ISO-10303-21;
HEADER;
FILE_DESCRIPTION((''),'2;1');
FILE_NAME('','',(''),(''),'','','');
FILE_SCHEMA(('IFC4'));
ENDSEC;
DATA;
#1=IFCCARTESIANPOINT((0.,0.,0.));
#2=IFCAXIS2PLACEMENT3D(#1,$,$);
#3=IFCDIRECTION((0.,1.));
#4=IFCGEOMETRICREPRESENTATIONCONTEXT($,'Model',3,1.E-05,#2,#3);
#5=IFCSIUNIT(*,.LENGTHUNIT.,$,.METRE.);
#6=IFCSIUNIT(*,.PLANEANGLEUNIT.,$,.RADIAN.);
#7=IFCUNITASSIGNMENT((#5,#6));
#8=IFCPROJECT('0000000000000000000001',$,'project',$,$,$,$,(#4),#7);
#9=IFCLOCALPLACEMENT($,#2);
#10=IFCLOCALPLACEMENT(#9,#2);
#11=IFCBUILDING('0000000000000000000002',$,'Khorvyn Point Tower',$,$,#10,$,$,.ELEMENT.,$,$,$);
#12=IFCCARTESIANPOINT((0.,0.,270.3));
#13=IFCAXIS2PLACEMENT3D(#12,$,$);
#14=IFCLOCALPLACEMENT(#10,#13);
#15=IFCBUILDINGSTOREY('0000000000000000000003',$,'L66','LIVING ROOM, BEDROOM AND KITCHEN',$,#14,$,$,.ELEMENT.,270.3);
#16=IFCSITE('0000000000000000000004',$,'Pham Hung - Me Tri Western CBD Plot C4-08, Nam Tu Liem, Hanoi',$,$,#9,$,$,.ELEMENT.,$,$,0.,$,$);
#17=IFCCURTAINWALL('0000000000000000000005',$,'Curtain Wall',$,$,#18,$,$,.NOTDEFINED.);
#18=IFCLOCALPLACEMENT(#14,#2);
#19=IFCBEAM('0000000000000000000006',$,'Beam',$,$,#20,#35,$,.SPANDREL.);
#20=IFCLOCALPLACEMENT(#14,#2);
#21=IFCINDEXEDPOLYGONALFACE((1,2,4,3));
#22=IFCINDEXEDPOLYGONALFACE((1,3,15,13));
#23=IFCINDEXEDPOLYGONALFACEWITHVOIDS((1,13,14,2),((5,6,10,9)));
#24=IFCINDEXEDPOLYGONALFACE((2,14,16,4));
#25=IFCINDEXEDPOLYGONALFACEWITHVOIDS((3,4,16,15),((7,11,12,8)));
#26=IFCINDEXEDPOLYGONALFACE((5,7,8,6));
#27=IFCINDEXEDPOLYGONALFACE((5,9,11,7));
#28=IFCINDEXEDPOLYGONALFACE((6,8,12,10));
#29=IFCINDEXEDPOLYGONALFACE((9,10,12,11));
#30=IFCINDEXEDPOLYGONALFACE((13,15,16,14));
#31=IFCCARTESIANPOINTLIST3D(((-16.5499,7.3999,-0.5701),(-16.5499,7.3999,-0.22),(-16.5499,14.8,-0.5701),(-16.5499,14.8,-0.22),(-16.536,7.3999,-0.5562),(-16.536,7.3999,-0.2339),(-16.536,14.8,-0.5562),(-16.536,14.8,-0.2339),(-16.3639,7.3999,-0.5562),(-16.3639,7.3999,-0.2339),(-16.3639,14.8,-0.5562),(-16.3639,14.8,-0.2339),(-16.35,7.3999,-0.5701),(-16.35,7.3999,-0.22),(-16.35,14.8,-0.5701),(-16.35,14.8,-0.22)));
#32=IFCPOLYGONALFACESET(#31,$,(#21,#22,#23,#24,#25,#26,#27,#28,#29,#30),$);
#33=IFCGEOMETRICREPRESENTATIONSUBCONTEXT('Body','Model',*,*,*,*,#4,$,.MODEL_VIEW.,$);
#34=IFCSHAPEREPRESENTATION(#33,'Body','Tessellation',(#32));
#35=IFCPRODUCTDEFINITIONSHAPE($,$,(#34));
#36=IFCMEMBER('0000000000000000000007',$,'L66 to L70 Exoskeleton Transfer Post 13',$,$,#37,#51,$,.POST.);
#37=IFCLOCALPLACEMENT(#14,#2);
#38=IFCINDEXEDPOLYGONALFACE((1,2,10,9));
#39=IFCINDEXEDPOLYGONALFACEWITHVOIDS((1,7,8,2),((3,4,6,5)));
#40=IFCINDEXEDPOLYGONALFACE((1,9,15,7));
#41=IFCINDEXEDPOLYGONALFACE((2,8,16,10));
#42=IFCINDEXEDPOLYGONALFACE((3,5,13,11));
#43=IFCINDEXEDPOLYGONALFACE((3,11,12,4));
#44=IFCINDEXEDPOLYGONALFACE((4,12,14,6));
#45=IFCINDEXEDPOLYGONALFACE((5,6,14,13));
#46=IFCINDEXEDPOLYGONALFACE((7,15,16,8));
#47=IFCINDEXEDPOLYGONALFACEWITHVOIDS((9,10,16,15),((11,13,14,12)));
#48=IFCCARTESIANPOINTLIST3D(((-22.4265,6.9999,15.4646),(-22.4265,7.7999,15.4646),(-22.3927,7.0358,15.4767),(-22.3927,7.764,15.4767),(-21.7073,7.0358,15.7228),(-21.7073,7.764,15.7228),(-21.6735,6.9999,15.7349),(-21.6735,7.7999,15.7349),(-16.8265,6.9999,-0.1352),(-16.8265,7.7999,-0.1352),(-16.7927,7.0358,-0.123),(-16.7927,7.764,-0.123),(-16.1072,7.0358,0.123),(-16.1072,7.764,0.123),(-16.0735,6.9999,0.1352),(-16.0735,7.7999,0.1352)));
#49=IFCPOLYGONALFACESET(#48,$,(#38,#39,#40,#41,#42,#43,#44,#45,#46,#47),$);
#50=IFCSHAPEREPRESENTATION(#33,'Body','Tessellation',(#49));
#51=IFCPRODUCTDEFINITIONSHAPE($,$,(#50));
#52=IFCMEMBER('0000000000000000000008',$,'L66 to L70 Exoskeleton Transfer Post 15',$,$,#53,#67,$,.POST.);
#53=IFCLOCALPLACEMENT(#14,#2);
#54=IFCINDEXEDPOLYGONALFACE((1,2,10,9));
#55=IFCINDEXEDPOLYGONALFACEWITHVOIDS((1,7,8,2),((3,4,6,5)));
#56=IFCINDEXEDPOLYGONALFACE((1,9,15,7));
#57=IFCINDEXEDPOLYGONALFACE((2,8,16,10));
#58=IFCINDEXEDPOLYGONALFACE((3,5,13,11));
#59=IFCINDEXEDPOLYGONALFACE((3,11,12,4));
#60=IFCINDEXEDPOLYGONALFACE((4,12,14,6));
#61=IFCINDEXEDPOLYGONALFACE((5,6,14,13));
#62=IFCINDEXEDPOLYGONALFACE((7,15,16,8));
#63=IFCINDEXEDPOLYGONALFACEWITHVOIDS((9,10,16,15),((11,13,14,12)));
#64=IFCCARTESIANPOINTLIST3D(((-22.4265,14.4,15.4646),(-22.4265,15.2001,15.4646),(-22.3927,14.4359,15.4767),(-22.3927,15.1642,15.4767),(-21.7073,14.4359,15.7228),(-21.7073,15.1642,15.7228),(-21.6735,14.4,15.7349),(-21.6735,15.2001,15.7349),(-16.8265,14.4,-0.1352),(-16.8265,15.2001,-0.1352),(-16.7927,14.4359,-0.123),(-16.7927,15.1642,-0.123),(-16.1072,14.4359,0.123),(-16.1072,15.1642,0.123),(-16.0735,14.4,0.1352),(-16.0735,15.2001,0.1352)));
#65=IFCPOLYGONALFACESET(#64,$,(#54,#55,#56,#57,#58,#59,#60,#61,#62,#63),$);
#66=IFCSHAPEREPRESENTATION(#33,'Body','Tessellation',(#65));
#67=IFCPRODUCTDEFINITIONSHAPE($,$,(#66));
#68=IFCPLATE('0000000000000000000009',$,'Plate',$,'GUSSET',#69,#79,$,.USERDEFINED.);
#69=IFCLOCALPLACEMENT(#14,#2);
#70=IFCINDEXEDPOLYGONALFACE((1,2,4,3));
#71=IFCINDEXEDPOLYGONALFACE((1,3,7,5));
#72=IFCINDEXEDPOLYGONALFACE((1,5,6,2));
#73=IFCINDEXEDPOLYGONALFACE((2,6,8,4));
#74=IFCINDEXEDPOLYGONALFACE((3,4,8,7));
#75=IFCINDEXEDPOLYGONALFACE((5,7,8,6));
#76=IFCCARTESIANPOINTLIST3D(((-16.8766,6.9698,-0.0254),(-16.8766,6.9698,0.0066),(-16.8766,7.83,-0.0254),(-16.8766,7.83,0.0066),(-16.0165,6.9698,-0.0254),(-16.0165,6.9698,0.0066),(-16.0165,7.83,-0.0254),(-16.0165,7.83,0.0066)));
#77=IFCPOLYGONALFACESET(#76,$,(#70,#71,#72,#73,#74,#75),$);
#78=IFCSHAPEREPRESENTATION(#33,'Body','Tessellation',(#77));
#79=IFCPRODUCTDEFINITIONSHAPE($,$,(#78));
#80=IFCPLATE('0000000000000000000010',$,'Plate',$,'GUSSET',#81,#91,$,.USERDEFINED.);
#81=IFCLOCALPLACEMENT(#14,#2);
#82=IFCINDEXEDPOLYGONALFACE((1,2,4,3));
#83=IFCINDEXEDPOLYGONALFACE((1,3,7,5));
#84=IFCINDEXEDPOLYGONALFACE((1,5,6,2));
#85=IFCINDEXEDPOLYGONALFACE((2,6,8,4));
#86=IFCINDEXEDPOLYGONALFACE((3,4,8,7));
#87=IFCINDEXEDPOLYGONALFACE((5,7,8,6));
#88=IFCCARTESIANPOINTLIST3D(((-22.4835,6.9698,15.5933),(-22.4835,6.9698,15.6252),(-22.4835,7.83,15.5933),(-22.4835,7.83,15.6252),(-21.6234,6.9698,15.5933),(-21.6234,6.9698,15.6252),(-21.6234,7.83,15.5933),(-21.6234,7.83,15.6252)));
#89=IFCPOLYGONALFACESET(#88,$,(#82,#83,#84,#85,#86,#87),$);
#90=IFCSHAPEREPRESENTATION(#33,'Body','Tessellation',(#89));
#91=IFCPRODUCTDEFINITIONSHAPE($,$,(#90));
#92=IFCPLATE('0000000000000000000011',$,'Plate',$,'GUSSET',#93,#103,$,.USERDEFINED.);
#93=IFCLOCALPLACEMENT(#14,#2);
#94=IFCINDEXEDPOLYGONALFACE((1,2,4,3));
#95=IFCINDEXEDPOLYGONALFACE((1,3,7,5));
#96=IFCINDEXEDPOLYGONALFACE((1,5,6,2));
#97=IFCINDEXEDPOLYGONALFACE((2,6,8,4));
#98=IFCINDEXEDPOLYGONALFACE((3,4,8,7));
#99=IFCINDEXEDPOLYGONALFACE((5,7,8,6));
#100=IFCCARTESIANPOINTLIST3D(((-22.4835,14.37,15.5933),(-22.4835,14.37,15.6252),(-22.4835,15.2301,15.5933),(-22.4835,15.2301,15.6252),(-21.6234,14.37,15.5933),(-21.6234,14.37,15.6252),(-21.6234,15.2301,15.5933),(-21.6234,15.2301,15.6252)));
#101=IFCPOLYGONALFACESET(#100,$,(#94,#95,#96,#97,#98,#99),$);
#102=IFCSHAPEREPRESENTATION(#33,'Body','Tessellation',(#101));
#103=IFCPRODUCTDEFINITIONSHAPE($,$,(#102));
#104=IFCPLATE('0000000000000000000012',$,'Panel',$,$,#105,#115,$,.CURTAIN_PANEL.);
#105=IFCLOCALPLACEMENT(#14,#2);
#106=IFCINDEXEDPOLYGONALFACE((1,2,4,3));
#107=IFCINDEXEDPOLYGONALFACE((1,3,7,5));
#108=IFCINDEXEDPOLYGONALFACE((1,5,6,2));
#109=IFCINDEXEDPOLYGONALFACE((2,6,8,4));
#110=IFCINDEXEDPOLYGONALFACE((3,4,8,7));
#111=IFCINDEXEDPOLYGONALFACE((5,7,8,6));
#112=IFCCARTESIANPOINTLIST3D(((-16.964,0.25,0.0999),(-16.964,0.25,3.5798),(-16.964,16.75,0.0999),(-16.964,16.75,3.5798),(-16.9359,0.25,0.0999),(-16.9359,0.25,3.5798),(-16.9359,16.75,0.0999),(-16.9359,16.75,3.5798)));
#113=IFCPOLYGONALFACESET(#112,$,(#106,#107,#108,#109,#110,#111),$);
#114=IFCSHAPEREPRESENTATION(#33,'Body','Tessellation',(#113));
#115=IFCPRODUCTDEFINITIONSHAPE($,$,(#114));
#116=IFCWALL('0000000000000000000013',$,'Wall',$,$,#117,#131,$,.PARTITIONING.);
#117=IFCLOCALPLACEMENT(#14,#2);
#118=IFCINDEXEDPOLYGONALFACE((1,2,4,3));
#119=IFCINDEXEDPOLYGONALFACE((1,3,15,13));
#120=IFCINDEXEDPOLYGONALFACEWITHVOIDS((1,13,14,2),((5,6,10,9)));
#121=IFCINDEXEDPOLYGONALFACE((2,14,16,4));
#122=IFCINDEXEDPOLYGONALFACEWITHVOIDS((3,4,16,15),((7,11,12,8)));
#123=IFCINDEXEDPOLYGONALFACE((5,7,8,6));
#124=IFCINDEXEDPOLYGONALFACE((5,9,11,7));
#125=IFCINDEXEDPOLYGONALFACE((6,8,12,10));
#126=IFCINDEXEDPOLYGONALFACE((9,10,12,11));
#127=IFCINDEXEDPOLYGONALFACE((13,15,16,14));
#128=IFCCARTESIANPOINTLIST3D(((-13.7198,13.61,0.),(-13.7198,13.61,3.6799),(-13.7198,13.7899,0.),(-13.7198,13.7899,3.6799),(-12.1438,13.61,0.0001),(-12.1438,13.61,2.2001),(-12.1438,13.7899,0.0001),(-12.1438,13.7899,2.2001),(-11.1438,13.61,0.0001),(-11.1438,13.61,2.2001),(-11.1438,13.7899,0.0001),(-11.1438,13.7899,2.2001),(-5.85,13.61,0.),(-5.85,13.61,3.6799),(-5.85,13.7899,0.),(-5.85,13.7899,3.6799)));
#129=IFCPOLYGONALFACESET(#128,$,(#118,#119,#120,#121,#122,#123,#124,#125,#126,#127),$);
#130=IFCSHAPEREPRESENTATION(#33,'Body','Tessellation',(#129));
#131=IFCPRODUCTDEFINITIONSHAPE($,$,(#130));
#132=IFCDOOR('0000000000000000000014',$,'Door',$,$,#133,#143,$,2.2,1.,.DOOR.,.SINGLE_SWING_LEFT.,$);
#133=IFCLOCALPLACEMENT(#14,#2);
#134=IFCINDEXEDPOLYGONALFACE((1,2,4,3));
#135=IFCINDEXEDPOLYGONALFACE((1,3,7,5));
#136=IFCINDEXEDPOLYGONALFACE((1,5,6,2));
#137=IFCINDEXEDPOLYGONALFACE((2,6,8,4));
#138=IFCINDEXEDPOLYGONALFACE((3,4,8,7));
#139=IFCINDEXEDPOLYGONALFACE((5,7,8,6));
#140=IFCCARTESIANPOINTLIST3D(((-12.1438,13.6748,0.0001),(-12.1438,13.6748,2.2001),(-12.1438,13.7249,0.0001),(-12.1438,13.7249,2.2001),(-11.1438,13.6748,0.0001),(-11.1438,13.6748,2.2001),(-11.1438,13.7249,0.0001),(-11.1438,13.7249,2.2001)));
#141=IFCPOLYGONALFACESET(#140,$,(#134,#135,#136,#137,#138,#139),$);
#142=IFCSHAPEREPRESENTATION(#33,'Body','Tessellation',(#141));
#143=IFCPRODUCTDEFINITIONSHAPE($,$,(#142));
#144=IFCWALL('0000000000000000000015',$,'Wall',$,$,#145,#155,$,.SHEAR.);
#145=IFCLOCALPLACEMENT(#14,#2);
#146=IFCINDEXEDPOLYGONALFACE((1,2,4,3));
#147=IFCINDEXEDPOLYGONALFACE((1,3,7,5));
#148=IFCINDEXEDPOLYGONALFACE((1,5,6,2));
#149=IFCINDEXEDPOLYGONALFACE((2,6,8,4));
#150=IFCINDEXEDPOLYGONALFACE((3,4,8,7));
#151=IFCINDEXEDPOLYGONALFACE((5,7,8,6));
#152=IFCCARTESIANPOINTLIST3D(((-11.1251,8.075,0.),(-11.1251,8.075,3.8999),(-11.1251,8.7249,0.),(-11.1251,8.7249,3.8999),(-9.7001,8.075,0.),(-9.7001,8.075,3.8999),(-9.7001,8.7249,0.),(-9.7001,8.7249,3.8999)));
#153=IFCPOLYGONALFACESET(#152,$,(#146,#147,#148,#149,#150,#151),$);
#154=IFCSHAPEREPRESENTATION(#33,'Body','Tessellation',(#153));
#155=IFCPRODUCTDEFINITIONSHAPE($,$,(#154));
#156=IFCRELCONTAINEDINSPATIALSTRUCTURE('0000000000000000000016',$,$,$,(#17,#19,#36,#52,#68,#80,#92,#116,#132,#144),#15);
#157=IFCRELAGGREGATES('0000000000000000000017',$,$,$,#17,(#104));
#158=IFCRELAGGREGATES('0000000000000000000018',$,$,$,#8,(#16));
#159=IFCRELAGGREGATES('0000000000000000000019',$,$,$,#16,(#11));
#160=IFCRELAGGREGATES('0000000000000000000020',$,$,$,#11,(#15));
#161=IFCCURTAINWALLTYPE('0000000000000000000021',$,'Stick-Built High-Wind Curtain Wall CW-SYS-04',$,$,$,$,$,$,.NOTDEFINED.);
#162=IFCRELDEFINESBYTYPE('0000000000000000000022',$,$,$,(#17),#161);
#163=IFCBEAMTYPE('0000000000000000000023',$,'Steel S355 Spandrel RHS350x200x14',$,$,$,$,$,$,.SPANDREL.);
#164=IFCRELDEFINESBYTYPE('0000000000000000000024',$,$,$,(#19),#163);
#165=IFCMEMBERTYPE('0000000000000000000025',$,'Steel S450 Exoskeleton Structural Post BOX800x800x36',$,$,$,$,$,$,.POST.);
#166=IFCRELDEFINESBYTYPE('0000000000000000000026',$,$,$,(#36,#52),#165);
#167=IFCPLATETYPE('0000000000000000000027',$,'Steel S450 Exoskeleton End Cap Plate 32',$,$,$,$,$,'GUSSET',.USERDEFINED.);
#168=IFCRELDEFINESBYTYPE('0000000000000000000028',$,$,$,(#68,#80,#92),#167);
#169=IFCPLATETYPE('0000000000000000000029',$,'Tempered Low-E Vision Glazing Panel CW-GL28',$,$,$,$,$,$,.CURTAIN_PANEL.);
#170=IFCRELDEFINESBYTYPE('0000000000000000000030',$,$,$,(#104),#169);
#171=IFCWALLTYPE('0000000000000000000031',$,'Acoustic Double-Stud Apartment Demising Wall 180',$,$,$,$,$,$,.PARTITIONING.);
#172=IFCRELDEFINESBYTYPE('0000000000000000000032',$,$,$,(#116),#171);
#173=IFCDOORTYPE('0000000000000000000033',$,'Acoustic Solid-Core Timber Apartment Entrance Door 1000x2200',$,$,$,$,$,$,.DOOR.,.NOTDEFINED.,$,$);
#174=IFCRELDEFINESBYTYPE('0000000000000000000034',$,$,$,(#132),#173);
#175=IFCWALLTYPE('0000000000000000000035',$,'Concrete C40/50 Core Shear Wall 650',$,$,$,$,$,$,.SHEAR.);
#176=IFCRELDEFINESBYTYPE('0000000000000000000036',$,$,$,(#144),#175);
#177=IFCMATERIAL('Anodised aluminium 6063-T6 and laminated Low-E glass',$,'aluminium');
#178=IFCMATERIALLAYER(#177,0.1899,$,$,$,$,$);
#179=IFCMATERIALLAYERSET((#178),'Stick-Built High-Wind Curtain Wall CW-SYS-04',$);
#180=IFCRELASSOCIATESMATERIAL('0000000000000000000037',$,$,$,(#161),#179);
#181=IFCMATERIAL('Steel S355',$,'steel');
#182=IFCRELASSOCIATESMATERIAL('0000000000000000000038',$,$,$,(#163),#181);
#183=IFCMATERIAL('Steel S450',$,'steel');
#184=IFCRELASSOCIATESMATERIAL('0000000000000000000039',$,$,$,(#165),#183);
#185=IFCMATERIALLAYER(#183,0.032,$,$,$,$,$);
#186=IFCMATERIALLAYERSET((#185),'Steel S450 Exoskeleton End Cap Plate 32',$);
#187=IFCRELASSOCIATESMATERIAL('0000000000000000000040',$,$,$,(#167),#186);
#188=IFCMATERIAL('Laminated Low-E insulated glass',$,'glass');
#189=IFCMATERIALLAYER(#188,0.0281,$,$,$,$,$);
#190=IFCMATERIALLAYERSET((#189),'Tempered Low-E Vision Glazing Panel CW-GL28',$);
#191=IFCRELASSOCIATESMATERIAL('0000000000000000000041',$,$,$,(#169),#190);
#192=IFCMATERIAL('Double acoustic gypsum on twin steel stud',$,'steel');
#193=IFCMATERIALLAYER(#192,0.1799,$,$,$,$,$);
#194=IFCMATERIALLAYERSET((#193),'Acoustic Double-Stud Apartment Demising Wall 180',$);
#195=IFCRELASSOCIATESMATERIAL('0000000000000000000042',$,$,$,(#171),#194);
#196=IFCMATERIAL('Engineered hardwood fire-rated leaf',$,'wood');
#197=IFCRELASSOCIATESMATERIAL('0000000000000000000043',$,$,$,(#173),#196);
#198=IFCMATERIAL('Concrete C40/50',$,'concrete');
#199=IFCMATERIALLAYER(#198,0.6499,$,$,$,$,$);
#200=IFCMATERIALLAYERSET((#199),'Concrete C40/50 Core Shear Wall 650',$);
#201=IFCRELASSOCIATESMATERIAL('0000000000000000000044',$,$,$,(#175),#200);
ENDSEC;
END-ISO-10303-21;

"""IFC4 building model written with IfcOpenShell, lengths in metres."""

from ifc_helpers import new_model, si_unit, direction, frame, frame_2d, origin, origin_2d, place, context, subcontext, project, spatial, rectangle, hollow_rectangle, extrude, material, layer, layer_set, material_profile, profile_set, type_object, element, fill, aggregate, save


model = new_model("IFC4")

# Units and contexts
model_context = context("Model", 3, precision=1e-05, world=origin(), true_north=direction((0.0, 1.0)))
body_context = subcontext(model_context, "Body", "Model", "MODEL_VIEW")
ifc_project = project(units=[si_unit("LENGTHUNIT", "METRE"), si_unit("PLANEANGLEUNIT", "RADIAN")], contexts=[model_context])

# Site, building, storey
site_placement = place(None, origin())
site = spatial("IfcSite", under=ifc_project, at=site_placement, Name="Pham Hung - Me Tri Western CBD Plot C4-08, Nam Tu Liem, Hanoi", CompositionType="ELEMENT", RefElevation=0.0)
building_placement = place(site_placement, origin())
building = spatial("IfcBuilding", under=site, at=building_placement, Name="Khorvyn Point Tower", CompositionType="ELEMENT")
storey_placement = place(building_placement, frame((0.0, 0.0, 270.3)))
storey = spatial("IfcBuildingStorey", under=building, at=storey_placement, Name="L66", Description="LIVING ROOM, BEDROOM AND KITCHEN", CompositionType="ELEMENT", Elevation=270.3)

# Shared definitions
ifc_material_1 = material(Name="Concrete C40/50", Category="concrete")
ifc_material_2 = material(Name="Steel S355", Category="steel")

# Curtain wall
ifc_material_3 = material(Name="Anodised aluminium 6063-T6 and laminated Low-E glass", Category="aluminium")
ifc_layer_1 = layer(ifc_material_3, 0.1899)
ifc_layer_set_1 = layer_set([ifc_layer_1], Name="Stick-Built High-Wind Curtain Wall CW-SYS-04")
curtain_wall_type = type_object("IfcCurtainWallType", Name="Stick-Built High-Wind Curtain Wall CW-SYS-04", PredefinedType="NOTDEFINED", material=ifc_layer_set_1)
curtain_wall_placement = place(storey_placement, origin())
curtain_wall = element("IfcCurtainWall", 1, at=curtain_wall_placement, inside=storey, type_object=curtain_wall_type, Name="Curtain Wall", PredefinedType="NOTDEFINED")

# Beam
ifc_material_profile_1 = material_profile(ifc_material_2, hollow_rectangle(XDim=0.2, YDim=0.3501, WallThickness=0.0139, at=origin_2d()))
ifc_profile_set_1 = profile_set([ifc_material_profile_1], Name="Steel S355 RHS350x200x14")
beam_type_1 = type_object("IfcBeamType", Name="Steel S355 Spandrel RHS350x200x14", PredefinedType="SPANDREL", material=ifc_profile_set_1)
beam_1_placement = place(storey_placement, frame((-16.45, 7.3999, -0.395), z_axis=(0.0, 1.0, 0.0), x_axis=(-1.0, 0.0, 0.0)))
element("IfcBeam", 2, at=beam_1_placement, inside=storey, type_object=beam_type_1, Name="Beam", PredefinedType="SPANDREL", context=body_context, shape_type="SweptSolid", body=[
    extrude(hollow_rectangle(XDim=0.2, YDim=0.3501, WallThickness=0.0139, at=origin_2d()), origin(), (0.0, 0.0, 1.0), 7.4001),
])

# Members
ifc_material_4 = material(Name="Steel S450", Category="steel")
ifc_material_profile_2 = material_profile(ifc_material_4, hollow_rectangle(XDim=0.8, YDim=0.8, WallThickness=0.0359, at=origin_2d()))
ifc_profile_set_2 = profile_set([ifc_material_profile_2], Name="Steel S450 BOX800x800x36")
member_type_1 = type_object("IfcMemberType", Name="Steel S450 Exoskeleton Structural Post BOX800x800x36", PredefinedType="POST", material=ifc_profile_set_2)
for number, where, z_axis, x_axis, name in (
    (3, (-16.45, 7.3999, 0.0), (-0.337873, 0.0, 0.941192), (0.0, -1.0, 0.0), "L66 to L70 Exoskeleton Transfer Post 13"),
    (4, (-16.45, 14.8, 0.0), (-0.337873, 0.0, 0.941192), (0.0, -1.0, 0.0), "L66 to L70 Exoskeleton Transfer Post 15"),
):
    element("IfcMember", number, at=place(storey_placement, frame(where, z_axis=z_axis, x_axis=x_axis)), inside=storey, type_object=member_type_1, Name=name, PredefinedType="POST", context=body_context, shape_type="SweptSolid", body=[
        extrude(hollow_rectangle(XDim=0.8, YDim=0.8, WallThickness=0.0359, at=origin_2d()), origin(), (0.0, 0.0, 1.0), 16.5745),
    ])

# Plates
ifc_layer_2 = layer(ifc_material_4, 0.032)
ifc_layer_set_2 = layer_set([ifc_layer_2], Name="Steel S450 Exoskeleton End Cap Plate 32")
plate_type_1 = type_object("IfcPlateType", Name="Steel S450 Exoskeleton End Cap Plate 32", ElementType="GUSSET", PredefinedType="USERDEFINED", material=ifc_layer_set_2)
for number, where, z_axis, x_axis, name in (
    (5, (-16.4465, 7.3999, -0.0254), (0.0, 0.0, 1.0), (1.0, 0.0, 0.0), "Plate"),
    (6, (-22.0535, 7.3999, 15.5933), (0.0, 0.0, 1.0), (1.0, 0.0, 0.0), "Plate"),
    (7, (-22.0535, 14.8, 15.5933), (0.0, 0.0, 1.0), (1.0, 0.0, 0.0), "Plate"),
):
    element("IfcPlate", number, at=place(storey_placement, frame(where, z_axis=z_axis, x_axis=x_axis)), inside=storey, type_object=plate_type_1, Name=name, ObjectType="GUSSET", PredefinedType="USERDEFINED", context=body_context, shape_type="SweptSolid", body=[
        extrude(rectangle(XDim=0.8601, YDim=0.8601, at=origin_2d()), origin(), (0.0, 0.0, 1.0), 0.032),
    ])

# Plate
ifc_material_5 = material(Name="Laminated Low-E insulated glass", Category="glass")
ifc_layer_3 = layer(ifc_material_5, 0.0281)
ifc_layer_set_3 = layer_set([ifc_layer_3], Name="Tempered Low-E Vision Glazing Panel CW-GL28")
plate_type_2 = type_object("IfcPlateType", Name="Tempered Low-E Vision Glazing Panel CW-GL28", PredefinedType="CURTAIN_PANEL", material=ifc_layer_set_3)
plate_placement = place(storey_placement, frame((-16.95, 8.5, 0.0999), z_axis=(0.0, 0.0, 1.0), x_axis=(0.0, 1.0, 0.0)))
plate = element("IfcPlate", 8, at=plate_placement, type_object=plate_type_2, Name="Panel", PredefinedType="CURTAIN_PANEL", context=body_context, shape_type="SweptSolid", body=[
    extrude(rectangle(XDim=16.5, YDim=0.0281, at=origin_2d()), origin(), (0.0, 0.0, 1.0), 3.48),
])
aggregate(curtain_wall, [plate])

# Wall, opening, door
ifc_material_6 = material(Name="Double acoustic gypsum on twin steel stud", Category="steel")
ifc_layer_4 = layer(ifc_material_6, 0.1799)
ifc_layer_set_4 = layer_set([ifc_layer_4], Name="Acoustic Double-Stud Apartment Demising Wall 180")
wall_type_1 = type_object("IfcWallType", Name="Acoustic Double-Stud Apartment Demising Wall 180", PredefinedType="PARTITIONING", material=ifc_layer_set_4)
wall_1_placement = place(storey_placement, frame((-13.72, 13.7, 0.0), z_axis=(0.0, 0.0, 1.0), x_axis=(1.0, 0.0, 0.0)))
wall_1 = element("IfcWall", 9, at=wall_1_placement, inside=storey, type_object=wall_type_1, Name="Wall", PredefinedType="PARTITIONING", context=body_context, shape_type="SweptSolid", body=[
    extrude(rectangle(XDim=7.8699, YDim=0.1799, at=frame_2d((3.9351, 0.0))), origin(), (0.0, 0.0, 1.0), 3.6799),
])
opening_1_placement = place(wall_1_placement, frame((1.5762, 0.0, 0.0)))
opening_1 = element("IfcOpeningElement", 10, at=opening_1_placement, cuts=wall_1, PredefinedType="OPENING", context=body_context, shape_type="SweptSolid", body=[
    extrude(rectangle(XDim=1.0, YDim=2.2, at=frame_2d((0.5, 1.1001))), frame((0.0, 0.0999, 0.0), z_axis=(0.0, -1.0, 0.0), x_axis=(1.0, 0.0, 0.0)), (0.0, 0.0, 1.0), 0.2),
])
ifc_material_7 = material(Name="Engineered hardwood fire-rated leaf", Category="wood")
door_type_1 = type_object("IfcDoorType", Name="Acoustic Solid-Core Timber Apartment Entrance Door 1000x2200", OperationType="NOTDEFINED", PredefinedType="DOOR", material=ifc_material_7)
door_1_placement = place(opening_1_placement, origin())
door_1 = element("IfcDoor", 11, at=door_1_placement, inside=storey, type_object=door_type_1, Name="Door", OperationType="SINGLE_SWING_LEFT", OverallHeight=2.2, OverallWidth=1.0, PredefinedType="DOOR", context=body_context, shape_type="SweptSolid", body=[
    extrude(rectangle(XDim=1.0, YDim=2.2, at=frame_2d((0.5, 1.1001))), frame((0.0, 0.0249, 0.0), z_axis=(0.0, -1.0, 0.0), x_axis=(1.0, 0.0, 0.0)), (0.0, 0.0, 1.0), 0.05),
])
fill(opening_1, door_1)

# Wall
ifc_layer_5 = layer(ifc_material_1, 0.6499)
ifc_layer_set_5 = layer_set([ifc_layer_5], Name="Concrete C40/50 Core Shear Wall 650")
wall_type_2 = type_object("IfcWallType", Name="Concrete C40/50 Core Shear Wall 650", PredefinedType="SHEAR", material=ifc_layer_set_5)
wall_2_placement = place(storey_placement, frame((-11.125, 8.3999, 0.0), z_axis=(0.0, 0.0, 1.0), x_axis=(1.0, 0.0, 0.0)))
element("IfcWall", 12, at=wall_2_placement, inside=storey, type_object=wall_type_2, Name="Wall", PredefinedType="SHEAR", context=body_context, shape_type="SweptSolid", body=[
    extrude(rectangle(XDim=1.425, YDim=0.6499, at=frame_2d((0.7124, 0.0))), origin(), (0.0, 0.0, 1.0), 3.8999),
])

save(model, "model.ifc")
